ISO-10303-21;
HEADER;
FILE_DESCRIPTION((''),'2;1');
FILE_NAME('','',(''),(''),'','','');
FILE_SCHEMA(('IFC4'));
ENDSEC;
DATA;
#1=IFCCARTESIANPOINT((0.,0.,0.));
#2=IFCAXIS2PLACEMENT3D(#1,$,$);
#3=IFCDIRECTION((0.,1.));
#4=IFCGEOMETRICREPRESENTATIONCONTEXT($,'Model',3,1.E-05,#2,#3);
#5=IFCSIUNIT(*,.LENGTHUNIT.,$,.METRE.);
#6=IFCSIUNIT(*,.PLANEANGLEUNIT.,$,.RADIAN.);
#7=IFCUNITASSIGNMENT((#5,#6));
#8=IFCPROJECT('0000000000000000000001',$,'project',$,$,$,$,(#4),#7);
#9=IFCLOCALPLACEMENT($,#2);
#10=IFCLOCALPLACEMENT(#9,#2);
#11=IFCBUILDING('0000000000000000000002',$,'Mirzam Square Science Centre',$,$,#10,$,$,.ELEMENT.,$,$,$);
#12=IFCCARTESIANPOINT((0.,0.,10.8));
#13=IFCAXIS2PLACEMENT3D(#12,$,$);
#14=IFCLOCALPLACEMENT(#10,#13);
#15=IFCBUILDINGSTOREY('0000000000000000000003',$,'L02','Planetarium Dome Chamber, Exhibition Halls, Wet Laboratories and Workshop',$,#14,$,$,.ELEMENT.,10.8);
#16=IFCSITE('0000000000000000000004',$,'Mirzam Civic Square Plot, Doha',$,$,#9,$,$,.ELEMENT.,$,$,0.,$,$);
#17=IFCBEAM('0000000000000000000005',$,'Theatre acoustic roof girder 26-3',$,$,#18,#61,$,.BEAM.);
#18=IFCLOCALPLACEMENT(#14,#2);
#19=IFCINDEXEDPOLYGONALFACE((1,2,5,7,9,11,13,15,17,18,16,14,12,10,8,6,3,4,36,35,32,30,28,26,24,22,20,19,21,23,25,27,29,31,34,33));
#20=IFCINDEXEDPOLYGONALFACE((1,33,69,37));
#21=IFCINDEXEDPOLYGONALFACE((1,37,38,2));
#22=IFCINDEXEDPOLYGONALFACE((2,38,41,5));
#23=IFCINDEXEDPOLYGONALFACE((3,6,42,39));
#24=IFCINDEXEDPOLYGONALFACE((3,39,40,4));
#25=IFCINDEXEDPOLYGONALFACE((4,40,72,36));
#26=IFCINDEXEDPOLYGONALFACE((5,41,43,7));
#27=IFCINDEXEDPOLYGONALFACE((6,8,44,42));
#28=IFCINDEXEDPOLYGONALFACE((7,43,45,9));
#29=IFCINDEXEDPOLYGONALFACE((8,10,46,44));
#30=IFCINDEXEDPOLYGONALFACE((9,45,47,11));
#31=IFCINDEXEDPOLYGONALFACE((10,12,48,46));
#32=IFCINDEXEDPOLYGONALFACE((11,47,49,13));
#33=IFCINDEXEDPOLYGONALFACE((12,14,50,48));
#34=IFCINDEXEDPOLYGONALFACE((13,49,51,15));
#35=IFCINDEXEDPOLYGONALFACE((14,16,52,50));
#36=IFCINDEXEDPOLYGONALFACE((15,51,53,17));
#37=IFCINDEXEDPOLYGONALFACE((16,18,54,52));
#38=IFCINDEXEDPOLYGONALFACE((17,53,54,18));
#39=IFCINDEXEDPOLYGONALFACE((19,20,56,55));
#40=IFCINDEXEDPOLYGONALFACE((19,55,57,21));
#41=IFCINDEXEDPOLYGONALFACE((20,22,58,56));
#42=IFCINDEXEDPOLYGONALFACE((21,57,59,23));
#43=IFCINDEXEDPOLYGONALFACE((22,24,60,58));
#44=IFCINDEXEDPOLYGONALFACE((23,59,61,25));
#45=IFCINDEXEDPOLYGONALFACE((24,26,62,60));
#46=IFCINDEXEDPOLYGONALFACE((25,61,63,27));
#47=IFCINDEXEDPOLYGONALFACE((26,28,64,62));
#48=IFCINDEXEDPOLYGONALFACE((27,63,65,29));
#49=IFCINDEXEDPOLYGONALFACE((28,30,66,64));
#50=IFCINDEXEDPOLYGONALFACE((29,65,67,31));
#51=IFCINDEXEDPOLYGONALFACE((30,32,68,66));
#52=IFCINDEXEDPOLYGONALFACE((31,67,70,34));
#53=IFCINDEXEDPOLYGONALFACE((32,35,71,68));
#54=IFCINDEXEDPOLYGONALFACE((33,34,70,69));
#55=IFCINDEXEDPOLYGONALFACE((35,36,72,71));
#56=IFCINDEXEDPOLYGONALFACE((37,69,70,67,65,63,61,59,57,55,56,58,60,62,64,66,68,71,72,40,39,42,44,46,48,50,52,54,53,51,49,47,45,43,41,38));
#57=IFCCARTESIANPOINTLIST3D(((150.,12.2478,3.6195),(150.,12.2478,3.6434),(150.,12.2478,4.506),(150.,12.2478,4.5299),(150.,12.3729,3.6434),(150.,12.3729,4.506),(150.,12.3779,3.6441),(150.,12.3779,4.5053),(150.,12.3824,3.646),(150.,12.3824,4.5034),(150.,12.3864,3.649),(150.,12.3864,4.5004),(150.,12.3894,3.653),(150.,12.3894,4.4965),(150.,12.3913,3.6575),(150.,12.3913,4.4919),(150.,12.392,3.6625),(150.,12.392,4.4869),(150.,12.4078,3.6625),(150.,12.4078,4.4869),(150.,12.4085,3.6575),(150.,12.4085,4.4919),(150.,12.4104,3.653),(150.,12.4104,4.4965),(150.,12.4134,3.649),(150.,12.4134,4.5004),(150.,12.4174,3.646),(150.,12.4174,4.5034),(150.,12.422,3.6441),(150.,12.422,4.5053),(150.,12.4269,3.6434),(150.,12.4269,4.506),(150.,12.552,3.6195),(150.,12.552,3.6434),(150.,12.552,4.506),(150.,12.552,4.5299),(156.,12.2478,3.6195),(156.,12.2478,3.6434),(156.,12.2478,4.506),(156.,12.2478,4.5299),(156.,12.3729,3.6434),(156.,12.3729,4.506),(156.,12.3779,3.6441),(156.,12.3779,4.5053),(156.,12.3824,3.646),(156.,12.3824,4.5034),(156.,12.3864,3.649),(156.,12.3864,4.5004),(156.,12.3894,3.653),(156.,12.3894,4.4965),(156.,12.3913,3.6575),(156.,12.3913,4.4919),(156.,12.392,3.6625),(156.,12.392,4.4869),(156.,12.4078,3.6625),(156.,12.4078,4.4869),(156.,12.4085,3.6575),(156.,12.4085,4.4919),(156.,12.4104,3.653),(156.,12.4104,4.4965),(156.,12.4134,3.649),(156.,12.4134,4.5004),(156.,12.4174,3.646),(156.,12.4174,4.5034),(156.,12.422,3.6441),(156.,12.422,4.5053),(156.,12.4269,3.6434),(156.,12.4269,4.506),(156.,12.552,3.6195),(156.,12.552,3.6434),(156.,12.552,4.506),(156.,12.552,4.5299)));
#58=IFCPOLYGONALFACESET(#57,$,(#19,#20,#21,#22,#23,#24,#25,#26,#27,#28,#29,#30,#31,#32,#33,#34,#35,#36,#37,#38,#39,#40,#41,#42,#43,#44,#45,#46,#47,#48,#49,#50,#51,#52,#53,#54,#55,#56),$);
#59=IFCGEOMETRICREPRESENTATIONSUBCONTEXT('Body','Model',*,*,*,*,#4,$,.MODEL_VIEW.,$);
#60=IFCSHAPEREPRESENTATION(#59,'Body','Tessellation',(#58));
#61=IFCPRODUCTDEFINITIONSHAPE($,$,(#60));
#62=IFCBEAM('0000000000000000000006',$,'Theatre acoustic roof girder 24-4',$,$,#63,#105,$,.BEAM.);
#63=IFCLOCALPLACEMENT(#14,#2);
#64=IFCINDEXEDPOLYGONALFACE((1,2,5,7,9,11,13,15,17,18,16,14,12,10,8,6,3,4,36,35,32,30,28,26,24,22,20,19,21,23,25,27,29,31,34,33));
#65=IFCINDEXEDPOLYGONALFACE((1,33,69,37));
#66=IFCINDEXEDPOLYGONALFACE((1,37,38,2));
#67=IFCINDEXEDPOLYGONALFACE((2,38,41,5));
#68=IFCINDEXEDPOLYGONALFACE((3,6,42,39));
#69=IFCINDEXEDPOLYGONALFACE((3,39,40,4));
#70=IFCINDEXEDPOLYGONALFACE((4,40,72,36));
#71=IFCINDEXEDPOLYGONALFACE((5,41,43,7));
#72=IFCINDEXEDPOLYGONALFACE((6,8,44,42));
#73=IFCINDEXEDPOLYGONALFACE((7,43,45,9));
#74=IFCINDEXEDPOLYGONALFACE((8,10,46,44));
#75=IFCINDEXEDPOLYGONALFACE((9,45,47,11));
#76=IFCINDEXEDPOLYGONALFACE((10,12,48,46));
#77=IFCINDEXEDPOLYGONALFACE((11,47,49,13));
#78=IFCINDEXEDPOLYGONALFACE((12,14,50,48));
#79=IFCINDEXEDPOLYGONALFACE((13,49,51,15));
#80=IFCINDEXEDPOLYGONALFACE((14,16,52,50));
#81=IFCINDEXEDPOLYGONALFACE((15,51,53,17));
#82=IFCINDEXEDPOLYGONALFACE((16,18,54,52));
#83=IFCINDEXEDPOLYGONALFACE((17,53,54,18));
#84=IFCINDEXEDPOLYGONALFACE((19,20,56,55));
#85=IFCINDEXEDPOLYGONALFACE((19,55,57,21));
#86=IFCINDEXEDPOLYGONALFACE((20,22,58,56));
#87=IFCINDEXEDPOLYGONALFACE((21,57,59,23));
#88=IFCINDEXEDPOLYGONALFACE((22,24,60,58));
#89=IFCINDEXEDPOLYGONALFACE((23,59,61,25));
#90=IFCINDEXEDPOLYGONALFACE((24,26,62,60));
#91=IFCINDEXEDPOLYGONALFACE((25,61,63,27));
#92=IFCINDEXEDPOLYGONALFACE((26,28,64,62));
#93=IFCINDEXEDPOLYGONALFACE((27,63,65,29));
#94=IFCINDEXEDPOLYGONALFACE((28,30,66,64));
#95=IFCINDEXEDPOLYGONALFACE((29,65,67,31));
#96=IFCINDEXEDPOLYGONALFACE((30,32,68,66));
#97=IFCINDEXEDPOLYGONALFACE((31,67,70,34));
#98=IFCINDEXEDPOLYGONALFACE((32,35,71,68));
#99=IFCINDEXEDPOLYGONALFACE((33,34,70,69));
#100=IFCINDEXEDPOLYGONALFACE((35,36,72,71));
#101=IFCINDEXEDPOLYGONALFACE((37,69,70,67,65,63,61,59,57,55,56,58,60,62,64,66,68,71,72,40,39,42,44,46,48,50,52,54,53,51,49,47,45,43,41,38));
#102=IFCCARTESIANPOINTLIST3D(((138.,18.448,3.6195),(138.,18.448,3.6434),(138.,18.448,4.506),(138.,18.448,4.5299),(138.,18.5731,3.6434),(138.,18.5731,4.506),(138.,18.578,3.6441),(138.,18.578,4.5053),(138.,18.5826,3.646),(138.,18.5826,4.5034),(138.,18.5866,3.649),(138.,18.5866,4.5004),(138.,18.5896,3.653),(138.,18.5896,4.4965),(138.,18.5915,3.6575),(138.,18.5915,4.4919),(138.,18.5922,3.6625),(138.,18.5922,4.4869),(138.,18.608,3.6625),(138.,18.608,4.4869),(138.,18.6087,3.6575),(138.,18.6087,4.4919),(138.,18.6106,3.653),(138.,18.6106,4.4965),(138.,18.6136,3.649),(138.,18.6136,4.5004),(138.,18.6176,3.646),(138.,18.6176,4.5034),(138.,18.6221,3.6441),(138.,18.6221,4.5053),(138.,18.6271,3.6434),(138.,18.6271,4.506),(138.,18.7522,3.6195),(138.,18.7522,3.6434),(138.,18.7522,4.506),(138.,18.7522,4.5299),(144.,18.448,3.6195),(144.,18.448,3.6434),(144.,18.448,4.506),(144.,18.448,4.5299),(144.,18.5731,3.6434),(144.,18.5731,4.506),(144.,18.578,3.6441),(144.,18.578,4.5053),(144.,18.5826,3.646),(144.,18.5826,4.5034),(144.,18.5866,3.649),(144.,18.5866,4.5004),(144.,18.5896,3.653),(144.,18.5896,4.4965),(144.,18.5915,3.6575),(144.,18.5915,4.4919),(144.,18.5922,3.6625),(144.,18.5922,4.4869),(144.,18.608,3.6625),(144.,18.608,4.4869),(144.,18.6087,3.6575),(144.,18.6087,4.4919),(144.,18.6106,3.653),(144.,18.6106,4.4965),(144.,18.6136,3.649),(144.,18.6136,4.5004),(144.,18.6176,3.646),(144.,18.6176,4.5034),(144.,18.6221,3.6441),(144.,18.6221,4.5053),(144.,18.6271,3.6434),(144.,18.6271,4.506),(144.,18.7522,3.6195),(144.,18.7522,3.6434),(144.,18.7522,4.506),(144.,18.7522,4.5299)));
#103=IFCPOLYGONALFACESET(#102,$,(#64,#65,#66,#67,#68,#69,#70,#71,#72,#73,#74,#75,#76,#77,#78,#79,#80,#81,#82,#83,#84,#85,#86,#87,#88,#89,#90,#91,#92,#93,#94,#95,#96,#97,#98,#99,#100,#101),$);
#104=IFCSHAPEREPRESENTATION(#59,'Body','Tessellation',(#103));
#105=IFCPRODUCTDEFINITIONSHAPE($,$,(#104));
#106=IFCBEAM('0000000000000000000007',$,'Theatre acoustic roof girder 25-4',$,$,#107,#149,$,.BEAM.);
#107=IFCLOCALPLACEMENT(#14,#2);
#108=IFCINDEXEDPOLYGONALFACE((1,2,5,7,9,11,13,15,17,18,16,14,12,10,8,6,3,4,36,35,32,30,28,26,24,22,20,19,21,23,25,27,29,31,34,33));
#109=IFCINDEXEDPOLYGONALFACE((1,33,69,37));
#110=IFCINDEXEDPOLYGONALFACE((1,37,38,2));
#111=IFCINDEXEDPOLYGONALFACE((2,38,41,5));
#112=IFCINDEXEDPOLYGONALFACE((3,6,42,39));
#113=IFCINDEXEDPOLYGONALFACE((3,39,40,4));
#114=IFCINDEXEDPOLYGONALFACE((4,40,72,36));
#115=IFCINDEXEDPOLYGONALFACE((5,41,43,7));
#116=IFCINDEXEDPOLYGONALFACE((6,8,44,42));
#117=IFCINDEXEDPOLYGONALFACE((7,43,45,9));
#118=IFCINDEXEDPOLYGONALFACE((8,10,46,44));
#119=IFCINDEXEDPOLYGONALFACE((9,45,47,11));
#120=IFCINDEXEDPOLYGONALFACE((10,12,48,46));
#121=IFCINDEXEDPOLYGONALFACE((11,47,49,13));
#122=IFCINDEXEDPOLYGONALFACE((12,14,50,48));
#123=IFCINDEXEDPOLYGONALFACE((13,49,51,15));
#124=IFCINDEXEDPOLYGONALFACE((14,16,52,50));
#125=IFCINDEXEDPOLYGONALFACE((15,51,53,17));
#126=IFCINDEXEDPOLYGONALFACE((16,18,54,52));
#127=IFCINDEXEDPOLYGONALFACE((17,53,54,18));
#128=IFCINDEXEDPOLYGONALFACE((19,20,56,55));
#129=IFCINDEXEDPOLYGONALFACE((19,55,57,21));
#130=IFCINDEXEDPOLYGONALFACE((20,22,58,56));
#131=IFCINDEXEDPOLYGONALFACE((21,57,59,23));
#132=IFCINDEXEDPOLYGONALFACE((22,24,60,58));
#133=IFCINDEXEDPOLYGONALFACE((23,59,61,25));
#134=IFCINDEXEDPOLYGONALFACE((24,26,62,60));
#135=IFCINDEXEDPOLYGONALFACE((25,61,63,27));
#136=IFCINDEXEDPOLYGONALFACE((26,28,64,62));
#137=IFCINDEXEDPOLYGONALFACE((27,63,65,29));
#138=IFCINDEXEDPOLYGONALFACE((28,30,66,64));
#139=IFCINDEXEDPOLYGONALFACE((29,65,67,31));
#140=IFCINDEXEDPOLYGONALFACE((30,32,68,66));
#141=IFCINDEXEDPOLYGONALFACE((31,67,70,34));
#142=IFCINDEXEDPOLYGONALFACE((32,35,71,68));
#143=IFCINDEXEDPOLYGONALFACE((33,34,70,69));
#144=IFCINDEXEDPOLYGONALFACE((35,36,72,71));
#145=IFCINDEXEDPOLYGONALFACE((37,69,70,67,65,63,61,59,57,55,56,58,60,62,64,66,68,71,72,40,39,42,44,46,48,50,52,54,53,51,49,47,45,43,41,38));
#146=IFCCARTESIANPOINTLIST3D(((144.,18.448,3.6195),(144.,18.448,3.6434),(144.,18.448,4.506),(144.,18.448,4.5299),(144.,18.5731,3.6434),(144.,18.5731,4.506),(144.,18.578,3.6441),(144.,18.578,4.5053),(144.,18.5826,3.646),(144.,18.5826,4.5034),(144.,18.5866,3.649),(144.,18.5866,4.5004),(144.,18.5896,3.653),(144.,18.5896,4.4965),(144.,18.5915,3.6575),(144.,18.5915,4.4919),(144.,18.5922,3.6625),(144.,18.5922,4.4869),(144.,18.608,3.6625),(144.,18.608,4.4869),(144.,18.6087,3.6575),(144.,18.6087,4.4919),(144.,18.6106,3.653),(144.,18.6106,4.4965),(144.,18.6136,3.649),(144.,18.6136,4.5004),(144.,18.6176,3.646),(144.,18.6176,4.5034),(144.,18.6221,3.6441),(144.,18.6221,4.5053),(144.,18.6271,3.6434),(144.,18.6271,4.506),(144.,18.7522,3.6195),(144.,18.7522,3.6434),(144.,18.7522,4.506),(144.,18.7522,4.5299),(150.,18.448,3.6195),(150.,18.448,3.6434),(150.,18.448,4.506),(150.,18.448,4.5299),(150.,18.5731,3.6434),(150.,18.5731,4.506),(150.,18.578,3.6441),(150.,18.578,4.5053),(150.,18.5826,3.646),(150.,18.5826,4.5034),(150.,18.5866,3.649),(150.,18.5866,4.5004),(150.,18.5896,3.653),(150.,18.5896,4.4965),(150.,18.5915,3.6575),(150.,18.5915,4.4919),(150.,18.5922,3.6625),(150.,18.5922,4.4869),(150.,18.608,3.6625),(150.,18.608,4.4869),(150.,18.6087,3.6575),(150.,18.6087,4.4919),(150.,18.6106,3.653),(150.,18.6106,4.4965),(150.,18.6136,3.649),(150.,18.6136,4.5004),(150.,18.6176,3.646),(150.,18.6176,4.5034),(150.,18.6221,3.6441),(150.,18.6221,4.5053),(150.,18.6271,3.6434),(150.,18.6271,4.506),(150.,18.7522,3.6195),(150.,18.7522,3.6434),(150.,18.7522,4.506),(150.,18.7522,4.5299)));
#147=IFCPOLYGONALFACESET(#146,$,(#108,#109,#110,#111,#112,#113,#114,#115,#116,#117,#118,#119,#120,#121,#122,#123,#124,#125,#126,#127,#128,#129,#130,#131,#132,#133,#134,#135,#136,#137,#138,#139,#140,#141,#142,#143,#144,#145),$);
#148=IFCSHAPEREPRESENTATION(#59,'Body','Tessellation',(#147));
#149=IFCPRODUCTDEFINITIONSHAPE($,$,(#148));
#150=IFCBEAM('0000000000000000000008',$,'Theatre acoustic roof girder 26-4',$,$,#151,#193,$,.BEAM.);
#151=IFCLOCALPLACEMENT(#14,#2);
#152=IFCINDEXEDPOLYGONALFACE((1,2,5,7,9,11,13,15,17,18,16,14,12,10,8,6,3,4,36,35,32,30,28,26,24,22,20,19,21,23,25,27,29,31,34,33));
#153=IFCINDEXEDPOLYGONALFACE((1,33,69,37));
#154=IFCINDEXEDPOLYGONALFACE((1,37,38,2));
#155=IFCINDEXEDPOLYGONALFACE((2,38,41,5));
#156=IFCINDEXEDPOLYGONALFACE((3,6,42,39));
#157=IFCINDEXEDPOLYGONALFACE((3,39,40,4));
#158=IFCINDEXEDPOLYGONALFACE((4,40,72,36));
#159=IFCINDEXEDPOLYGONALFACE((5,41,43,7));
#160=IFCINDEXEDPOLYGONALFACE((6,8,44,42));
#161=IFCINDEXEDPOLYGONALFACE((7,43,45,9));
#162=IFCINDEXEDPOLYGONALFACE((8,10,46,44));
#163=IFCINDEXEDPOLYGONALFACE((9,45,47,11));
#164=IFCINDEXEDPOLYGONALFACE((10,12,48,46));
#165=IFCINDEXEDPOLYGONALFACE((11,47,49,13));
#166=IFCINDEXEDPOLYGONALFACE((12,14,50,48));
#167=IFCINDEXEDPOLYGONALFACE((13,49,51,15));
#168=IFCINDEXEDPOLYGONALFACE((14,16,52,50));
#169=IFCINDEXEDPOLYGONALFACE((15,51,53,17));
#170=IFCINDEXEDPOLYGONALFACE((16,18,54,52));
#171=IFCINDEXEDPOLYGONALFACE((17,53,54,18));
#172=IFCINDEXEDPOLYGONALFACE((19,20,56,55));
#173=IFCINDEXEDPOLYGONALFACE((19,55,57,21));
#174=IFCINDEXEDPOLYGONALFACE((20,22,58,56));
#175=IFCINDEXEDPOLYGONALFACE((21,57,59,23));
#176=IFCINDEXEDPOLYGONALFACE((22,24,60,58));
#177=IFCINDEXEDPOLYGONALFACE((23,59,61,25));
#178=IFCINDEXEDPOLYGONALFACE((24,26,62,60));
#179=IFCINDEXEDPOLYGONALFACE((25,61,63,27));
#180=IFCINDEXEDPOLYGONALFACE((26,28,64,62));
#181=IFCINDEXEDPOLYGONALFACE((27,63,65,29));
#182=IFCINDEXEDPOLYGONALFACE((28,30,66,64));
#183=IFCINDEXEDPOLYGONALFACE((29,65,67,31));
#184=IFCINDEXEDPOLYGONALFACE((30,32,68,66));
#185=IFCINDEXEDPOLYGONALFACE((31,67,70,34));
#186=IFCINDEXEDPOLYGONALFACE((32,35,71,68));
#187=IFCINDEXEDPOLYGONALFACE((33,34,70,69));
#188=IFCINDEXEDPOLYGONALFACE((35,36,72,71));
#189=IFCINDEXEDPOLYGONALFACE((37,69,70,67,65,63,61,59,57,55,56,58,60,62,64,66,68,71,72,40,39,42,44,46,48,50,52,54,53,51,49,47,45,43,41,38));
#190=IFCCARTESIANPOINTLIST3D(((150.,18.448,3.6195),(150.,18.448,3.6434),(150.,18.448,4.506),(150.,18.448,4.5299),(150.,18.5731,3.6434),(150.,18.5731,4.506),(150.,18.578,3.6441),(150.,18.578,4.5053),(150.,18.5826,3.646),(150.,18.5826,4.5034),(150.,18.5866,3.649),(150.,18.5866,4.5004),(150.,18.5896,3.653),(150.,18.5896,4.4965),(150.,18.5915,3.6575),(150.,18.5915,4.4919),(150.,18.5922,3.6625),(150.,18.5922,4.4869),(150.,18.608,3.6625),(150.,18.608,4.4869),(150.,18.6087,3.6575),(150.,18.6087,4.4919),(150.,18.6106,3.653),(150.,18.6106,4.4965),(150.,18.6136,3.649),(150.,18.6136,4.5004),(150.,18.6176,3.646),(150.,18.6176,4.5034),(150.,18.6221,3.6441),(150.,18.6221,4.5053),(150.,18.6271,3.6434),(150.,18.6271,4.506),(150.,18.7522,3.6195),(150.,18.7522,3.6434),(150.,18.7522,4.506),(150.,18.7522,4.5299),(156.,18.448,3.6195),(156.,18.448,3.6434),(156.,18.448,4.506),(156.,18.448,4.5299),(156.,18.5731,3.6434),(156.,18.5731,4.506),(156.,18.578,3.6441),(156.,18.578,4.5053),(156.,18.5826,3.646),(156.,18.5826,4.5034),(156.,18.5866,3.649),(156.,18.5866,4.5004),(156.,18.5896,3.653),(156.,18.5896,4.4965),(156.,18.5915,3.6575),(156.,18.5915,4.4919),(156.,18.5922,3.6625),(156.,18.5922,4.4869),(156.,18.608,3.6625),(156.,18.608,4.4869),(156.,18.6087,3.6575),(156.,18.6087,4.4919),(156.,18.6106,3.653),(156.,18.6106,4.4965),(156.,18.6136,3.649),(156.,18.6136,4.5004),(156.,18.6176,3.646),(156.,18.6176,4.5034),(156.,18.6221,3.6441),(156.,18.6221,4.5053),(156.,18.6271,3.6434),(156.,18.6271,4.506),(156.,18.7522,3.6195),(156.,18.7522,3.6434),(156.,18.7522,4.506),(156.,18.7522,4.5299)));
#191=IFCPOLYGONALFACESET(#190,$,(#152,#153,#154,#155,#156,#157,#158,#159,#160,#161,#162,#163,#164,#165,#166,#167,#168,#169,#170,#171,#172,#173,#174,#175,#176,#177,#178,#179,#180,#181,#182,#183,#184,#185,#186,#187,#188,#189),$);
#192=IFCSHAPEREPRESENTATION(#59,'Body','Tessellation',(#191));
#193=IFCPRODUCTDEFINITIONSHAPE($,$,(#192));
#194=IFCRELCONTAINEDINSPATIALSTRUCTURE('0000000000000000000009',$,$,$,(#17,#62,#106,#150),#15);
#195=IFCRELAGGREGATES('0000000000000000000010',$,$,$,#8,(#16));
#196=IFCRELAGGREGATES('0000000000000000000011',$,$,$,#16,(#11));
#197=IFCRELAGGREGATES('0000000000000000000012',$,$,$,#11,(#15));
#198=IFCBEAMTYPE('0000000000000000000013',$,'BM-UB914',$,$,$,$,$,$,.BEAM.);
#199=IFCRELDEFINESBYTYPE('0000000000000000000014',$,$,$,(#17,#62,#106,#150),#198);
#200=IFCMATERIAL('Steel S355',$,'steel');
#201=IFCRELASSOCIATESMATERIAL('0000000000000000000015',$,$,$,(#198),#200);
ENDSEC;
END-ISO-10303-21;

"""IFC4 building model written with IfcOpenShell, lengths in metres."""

from ifc_helpers import new_model, si_unit, direction, frame, origin, origin_2d, place, context, subcontext, project, spatial, i_section, extrude, material, material_profile, profile_set, type_object, element, save


model = new_model("IFC4")

# Units and contexts
model_context = context("Model", 3, precision=1e-05, world=origin(), true_north=direction((0.0, 1.0)))
body_context = subcontext(model_context, "Body", "Model", "MODEL_VIEW")
ifc_project = project(units=[si_unit("LENGTHUNIT", "METRE"), si_unit("PLANEANGLEUNIT", "RADIAN")], contexts=[model_context])

# Site, building, storey
site_placement = place(None, origin())
site = spatial("IfcSite", under=ifc_project, at=site_placement, Name="Mirzam Civic Square Plot, Doha", CompositionType="ELEMENT", RefElevation=0.0)
building_placement = place(site_placement, origin())
building = spatial("IfcBuilding", under=site, at=building_placement, Name="Mirzam Square Science Centre", CompositionType="ELEMENT")
storey_placement = place(building_placement, frame((0.0, 0.0, 10.8)))
storey = spatial("IfcBuildingStorey", under=building, at=storey_placement, Name="L02", Description="Planetarium Dome Chamber, Exhibition Halls, Wet Laboratories and Workshop", CompositionType="ELEMENT", Elevation=10.8)

# Shared definitions
ifc_material_1 = material(Name="Steel S355", Category="steel")

# Beams
ifc_material_profile_1 = material_profile(ifc_material_1, i_section(OverallWidth=0.3042, OverallDepth=0.9104, WebThickness=0.0159, FlangeThickness=0.0239, FilletRadius=0.019, at=origin_2d()), Name="914x305x224UB")
ifc_profile_set_1 = profile_set([ifc_material_profile_1], Name="Steel S355")
beam_type_1 = type_object("IfcBeamType", Name="BM-UB914", PredefinedType="BEAM", material=ifc_profile_set_1)
for number, where, z_axis, x_axis, name in (
    (1, (150.0, 12.3999, 4.0747), (1.0, 0.0, 0.0), (0.0, 1.0, 0.0), "Theatre acoustic roof girder 26-3"),
    (2, (138.0, 18.6001, 4.0747), (1.0, 0.0, 0.0), (0.0, 1.0, 0.0), "Theatre acoustic roof girder 24-4"),
    (3, (144.0, 18.6001, 4.0747), (1.0, 0.0, 0.0), (0.0, 1.0, 0.0), "Theatre acoustic roof girder 25-4"),
    (4, (150.0, 18.6001, 4.0747), (1.0, 0.0, 0.0), (0.0, 1.0, 0.0), "Theatre acoustic roof girder 26-4"),
):
    element("IfcBeam", number, at=place(storey_placement, frame(where, z_axis=z_axis, x_axis=x_axis)), inside=storey, type_object=beam_type_1, Name=name, PredefinedType="BEAM", context=body_context, shape_type="SweptSolid", body=[
        extrude(i_section(OverallWidth=0.3042, OverallDepth=0.9104, WebThickness=0.0159, FlangeThickness=0.0239, FilletRadius=0.019, at=origin_2d()), origin(), (0.0, 0.0, 1.0), 6.0),
    ])

save(model, "model.ifc")
